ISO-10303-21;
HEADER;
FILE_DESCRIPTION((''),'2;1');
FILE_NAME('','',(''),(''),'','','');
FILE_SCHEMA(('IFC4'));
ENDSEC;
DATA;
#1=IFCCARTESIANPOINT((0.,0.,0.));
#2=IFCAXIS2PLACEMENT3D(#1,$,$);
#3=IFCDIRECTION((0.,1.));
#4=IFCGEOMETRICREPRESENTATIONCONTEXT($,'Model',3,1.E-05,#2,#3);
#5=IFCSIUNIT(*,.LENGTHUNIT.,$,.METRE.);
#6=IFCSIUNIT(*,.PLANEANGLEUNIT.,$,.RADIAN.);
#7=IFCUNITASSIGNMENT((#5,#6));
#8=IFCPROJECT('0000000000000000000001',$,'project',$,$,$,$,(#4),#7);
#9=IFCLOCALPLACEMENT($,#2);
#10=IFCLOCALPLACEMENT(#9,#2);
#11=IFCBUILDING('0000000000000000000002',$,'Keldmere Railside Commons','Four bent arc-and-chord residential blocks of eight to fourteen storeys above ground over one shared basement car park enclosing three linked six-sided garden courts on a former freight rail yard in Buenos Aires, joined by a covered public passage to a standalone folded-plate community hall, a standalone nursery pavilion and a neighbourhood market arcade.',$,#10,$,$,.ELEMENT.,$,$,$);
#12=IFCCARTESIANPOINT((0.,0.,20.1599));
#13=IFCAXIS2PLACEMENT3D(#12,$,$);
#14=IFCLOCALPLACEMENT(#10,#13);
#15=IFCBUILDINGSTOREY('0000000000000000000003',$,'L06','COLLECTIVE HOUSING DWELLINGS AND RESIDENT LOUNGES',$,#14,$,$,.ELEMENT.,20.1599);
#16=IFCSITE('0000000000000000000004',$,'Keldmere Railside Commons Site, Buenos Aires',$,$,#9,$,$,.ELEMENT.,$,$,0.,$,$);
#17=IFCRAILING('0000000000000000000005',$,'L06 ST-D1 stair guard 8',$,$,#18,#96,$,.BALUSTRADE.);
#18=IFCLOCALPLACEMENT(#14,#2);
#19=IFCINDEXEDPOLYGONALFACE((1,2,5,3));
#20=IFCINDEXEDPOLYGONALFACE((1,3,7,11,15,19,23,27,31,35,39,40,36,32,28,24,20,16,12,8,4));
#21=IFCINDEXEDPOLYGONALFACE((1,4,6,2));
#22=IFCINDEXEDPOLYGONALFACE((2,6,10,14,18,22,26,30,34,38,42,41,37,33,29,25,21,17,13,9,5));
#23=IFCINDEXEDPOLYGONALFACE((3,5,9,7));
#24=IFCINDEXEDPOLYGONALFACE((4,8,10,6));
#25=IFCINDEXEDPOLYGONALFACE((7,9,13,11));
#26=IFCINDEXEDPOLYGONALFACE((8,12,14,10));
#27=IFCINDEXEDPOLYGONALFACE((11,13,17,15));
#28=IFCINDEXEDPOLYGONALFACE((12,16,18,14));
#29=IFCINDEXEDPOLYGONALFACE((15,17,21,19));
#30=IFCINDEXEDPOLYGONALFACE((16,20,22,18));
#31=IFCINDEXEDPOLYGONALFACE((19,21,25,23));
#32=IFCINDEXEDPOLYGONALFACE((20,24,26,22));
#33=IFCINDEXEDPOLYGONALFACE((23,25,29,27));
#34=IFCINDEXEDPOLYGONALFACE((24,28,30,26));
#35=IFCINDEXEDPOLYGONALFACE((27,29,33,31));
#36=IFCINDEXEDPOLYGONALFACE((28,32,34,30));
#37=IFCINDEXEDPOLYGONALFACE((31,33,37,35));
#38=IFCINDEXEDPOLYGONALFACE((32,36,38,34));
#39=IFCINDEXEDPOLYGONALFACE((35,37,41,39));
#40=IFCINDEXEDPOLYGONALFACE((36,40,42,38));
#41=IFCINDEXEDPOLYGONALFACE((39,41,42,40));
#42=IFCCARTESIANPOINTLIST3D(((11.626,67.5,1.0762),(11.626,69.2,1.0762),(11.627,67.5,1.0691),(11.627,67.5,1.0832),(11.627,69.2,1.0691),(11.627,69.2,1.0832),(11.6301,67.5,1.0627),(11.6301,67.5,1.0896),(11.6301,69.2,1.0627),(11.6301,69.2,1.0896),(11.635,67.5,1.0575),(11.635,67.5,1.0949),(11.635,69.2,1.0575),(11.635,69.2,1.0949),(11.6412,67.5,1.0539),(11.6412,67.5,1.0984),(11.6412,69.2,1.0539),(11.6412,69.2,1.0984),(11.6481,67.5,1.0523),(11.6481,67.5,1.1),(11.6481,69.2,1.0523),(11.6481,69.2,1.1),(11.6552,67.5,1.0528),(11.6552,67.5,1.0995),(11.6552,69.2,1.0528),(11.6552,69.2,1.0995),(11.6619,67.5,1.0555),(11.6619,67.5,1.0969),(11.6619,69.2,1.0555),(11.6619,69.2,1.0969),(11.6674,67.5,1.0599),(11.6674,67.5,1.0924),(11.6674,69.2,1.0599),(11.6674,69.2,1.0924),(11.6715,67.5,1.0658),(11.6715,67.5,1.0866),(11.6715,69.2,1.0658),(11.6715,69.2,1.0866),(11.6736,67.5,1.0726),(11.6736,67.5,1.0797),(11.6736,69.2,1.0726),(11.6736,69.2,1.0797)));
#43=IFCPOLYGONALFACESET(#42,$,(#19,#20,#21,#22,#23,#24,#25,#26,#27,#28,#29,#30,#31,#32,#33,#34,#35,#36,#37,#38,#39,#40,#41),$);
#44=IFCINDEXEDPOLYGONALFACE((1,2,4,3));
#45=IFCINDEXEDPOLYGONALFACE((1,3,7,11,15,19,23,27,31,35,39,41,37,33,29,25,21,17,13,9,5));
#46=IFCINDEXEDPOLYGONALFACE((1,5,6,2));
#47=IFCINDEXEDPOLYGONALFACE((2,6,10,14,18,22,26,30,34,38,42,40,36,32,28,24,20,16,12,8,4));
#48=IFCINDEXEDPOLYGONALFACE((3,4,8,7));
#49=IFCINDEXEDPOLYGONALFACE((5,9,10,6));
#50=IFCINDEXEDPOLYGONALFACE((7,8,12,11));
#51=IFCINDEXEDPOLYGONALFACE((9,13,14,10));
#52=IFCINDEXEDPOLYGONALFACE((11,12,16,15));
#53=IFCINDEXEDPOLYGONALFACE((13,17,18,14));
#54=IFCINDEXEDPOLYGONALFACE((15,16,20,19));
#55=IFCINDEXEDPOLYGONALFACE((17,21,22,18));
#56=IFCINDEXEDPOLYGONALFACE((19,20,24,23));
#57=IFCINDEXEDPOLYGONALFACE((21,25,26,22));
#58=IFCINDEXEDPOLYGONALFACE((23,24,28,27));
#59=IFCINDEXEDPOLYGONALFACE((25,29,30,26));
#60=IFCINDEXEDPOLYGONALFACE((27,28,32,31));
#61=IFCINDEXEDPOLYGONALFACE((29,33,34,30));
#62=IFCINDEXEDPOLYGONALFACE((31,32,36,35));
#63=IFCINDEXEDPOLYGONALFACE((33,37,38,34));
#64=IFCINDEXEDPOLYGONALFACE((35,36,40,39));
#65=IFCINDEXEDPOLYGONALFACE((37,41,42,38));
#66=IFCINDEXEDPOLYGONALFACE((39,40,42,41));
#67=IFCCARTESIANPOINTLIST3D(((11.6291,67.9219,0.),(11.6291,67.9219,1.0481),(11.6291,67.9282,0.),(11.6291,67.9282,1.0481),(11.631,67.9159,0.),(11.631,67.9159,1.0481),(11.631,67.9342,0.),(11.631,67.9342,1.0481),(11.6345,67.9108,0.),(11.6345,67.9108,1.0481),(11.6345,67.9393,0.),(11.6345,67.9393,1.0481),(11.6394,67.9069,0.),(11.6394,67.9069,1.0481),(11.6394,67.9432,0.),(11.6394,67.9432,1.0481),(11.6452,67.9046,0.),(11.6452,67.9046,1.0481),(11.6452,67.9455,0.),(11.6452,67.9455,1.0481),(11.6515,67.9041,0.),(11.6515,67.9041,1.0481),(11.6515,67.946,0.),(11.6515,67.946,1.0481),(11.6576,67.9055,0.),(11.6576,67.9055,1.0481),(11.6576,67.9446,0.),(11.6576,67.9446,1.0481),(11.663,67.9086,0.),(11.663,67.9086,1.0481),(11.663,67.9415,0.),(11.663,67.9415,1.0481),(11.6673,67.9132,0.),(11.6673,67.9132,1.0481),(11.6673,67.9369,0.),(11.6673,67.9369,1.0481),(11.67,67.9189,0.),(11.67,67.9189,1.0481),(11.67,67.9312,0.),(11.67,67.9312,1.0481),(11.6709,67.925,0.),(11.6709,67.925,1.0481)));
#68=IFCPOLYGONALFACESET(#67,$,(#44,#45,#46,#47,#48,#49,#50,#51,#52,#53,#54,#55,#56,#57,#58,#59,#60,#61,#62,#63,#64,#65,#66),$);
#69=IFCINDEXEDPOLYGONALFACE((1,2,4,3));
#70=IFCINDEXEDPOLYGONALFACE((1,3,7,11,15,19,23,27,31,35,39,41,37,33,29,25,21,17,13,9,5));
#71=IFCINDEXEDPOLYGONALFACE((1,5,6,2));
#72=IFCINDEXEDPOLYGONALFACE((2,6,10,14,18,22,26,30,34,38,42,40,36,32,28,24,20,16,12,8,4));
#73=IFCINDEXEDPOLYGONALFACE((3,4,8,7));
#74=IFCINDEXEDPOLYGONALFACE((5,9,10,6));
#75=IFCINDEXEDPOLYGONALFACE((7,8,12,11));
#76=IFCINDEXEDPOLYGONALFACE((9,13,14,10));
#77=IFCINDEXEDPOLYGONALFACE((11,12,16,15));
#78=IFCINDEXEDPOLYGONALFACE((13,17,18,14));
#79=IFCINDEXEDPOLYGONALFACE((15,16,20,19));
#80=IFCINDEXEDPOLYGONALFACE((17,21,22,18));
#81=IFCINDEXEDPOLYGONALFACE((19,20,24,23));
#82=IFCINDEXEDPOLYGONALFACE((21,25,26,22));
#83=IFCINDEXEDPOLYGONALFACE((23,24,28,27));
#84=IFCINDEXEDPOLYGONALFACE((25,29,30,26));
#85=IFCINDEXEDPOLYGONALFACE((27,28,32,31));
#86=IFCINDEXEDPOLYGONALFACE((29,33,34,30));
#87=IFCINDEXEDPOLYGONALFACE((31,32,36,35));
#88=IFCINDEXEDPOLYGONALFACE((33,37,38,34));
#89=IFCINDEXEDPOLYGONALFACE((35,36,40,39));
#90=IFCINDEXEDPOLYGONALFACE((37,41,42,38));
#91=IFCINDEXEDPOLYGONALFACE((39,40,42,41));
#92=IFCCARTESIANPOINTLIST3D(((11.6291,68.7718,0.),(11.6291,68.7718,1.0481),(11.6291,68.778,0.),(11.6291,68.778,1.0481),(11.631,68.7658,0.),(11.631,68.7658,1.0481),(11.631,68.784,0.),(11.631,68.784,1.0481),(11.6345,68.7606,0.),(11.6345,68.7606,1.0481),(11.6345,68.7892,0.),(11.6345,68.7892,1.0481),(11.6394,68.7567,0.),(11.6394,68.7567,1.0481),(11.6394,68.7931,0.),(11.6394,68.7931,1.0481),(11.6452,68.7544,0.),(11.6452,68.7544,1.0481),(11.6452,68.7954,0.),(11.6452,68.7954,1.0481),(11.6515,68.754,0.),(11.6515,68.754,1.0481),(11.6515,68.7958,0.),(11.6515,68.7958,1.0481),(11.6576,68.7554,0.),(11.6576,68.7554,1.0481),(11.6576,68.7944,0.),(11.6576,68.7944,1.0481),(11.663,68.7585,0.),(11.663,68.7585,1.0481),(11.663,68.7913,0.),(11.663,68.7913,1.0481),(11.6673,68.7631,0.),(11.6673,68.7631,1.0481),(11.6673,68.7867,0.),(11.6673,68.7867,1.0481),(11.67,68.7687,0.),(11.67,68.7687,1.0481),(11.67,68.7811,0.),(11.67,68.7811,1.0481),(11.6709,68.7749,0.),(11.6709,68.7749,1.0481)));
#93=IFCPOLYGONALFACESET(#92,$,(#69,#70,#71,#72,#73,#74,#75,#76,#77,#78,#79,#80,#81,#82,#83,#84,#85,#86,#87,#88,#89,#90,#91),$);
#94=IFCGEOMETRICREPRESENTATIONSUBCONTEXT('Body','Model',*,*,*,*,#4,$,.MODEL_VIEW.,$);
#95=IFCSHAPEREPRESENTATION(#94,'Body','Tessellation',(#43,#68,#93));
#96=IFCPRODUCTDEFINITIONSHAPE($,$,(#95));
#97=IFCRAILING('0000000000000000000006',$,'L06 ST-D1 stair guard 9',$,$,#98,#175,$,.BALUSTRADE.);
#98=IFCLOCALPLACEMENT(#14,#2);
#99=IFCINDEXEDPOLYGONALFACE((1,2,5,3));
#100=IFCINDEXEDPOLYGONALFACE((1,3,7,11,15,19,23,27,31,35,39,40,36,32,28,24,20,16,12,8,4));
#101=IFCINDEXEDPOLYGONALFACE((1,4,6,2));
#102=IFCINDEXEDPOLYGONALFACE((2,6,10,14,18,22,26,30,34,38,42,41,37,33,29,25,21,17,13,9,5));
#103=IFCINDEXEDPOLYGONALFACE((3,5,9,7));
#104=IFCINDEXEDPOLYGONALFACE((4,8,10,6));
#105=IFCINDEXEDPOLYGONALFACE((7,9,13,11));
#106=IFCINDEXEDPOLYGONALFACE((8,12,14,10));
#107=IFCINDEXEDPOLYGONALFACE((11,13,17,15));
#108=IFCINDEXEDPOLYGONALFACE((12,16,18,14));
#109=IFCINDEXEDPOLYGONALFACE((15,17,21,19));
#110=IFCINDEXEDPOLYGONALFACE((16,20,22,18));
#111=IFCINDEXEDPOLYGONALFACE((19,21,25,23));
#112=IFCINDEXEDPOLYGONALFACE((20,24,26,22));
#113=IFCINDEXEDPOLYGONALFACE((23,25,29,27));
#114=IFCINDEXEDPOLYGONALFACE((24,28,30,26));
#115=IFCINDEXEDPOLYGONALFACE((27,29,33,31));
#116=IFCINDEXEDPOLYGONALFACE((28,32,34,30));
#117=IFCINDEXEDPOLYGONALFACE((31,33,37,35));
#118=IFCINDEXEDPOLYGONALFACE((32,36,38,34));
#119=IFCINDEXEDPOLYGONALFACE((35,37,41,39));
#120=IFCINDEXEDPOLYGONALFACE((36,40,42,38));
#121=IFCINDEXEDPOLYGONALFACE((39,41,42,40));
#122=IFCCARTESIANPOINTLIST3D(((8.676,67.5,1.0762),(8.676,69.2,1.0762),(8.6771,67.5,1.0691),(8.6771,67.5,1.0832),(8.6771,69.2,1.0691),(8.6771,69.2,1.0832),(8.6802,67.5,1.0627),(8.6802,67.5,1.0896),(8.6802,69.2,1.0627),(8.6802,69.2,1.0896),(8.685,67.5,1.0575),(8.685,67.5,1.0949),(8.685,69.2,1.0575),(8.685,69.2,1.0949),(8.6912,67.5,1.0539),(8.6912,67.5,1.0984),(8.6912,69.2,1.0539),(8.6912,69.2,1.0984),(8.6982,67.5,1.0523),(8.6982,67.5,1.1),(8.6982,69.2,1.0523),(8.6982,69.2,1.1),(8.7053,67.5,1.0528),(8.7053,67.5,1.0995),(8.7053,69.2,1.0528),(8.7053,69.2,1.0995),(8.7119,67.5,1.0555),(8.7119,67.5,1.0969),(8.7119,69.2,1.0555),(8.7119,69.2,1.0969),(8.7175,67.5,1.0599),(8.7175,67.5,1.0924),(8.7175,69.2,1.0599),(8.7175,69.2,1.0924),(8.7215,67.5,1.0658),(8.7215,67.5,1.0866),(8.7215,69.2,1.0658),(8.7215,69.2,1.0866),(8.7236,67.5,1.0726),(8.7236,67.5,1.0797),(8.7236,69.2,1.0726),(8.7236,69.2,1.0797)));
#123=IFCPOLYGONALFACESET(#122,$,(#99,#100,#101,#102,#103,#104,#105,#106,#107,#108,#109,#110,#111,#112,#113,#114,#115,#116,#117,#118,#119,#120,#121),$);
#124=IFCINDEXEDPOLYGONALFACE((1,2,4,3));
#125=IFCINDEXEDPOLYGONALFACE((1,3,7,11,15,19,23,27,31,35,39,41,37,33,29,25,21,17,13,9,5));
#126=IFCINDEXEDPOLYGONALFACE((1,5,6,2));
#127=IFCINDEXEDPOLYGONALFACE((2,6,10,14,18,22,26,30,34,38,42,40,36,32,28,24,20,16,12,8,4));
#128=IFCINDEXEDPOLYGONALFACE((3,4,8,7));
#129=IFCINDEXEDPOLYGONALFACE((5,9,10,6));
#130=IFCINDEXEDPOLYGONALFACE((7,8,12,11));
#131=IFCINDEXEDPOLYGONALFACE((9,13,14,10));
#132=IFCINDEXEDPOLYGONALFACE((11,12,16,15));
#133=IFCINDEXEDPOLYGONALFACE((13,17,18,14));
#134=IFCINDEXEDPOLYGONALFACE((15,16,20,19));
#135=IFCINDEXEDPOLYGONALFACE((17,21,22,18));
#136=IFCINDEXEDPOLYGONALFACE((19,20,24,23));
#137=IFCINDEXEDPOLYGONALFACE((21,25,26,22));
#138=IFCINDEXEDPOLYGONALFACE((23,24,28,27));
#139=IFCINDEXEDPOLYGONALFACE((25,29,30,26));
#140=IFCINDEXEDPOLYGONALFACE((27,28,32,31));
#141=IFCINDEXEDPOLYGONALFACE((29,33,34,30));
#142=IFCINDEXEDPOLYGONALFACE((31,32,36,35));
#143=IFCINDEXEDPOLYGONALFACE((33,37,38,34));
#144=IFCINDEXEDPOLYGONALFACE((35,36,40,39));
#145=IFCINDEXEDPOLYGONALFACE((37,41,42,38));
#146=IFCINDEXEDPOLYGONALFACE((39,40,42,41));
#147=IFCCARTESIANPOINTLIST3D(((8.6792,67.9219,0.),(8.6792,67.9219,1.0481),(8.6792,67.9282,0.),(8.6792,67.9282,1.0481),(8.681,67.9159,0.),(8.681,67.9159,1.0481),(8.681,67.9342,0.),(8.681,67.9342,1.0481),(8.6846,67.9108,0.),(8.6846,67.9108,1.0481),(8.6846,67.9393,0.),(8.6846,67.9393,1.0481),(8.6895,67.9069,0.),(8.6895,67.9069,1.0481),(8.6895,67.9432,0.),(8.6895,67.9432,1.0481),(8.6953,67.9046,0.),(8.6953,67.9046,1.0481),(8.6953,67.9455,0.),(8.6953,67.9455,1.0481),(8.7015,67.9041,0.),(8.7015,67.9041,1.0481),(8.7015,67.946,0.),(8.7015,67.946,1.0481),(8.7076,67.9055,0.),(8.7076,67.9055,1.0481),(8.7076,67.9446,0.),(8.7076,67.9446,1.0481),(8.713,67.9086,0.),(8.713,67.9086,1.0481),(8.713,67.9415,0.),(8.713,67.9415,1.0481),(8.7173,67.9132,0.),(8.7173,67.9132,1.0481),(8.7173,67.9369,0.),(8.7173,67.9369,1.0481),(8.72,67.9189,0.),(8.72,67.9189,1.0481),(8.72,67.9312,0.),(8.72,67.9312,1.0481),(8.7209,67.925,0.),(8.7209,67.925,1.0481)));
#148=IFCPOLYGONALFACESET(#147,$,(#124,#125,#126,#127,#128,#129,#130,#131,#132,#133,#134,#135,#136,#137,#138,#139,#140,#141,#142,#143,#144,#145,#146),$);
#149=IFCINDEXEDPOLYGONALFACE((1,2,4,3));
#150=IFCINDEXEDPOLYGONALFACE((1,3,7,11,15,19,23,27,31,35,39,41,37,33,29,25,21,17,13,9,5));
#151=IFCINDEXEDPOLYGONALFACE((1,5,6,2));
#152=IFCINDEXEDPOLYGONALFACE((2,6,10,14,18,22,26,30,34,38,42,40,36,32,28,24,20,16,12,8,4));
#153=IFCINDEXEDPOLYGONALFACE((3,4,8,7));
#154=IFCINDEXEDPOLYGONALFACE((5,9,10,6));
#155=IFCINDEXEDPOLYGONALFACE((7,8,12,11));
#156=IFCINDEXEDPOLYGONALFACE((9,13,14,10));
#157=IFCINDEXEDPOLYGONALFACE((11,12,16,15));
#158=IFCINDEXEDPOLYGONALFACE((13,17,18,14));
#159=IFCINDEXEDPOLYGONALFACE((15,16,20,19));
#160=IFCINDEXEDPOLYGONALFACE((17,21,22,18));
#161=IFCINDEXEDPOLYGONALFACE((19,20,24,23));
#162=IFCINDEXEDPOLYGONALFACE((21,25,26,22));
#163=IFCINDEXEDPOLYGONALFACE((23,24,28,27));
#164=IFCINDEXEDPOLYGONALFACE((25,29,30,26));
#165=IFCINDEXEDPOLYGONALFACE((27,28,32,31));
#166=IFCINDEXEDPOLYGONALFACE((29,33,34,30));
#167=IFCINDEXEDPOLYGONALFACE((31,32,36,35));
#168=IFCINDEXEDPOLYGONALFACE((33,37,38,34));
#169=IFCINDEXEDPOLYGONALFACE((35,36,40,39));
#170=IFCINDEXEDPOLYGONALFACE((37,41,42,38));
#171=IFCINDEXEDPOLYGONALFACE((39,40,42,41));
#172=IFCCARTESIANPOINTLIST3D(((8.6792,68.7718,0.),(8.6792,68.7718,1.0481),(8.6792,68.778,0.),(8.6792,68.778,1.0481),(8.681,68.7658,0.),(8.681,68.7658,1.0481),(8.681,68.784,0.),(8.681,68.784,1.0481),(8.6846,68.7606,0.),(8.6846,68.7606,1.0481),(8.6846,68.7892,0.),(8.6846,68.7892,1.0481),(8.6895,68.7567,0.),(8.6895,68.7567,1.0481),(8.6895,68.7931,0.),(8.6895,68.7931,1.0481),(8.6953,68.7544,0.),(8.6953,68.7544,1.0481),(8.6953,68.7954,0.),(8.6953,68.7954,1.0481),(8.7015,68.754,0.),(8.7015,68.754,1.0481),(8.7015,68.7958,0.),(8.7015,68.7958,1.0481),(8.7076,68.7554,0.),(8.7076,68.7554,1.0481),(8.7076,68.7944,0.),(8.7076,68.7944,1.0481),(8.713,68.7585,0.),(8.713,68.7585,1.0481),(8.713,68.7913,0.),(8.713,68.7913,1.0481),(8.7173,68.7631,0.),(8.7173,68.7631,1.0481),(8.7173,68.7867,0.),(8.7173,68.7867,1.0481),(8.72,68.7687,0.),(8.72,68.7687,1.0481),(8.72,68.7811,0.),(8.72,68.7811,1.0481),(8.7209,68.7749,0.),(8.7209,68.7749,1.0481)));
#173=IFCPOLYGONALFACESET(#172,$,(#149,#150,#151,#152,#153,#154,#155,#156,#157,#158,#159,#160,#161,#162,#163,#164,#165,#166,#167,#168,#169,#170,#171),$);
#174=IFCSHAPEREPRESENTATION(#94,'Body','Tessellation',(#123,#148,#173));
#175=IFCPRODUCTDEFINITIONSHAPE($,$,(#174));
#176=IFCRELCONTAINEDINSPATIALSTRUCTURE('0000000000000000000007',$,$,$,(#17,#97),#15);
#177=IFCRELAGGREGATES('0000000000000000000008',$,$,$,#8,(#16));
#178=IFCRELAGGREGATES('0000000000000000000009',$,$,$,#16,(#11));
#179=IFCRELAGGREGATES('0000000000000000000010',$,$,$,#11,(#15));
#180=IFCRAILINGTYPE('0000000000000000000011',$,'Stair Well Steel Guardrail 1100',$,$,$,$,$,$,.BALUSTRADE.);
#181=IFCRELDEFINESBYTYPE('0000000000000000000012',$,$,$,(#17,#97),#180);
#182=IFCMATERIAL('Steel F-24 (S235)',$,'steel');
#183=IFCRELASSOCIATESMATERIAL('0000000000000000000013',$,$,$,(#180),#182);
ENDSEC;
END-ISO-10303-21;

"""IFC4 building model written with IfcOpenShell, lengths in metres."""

from ifc_helpers import new_model, si_unit, direction, frame, origin, origin_2d, place, context, subcontext, project, spatial, circle, extrude, material, type_object, element, save


model = new_model("IFC4")

# Units and contexts
model_context = context("Model", 3, precision=1e-05, world=origin(), true_north=direction((0.0, 1.0)))
body_context = subcontext(model_context, "Body", "Model", "MODEL_VIEW")
ifc_project = project(units=[si_unit("LENGTHUNIT", "METRE"), si_unit("PLANEANGLEUNIT", "RADIAN")], contexts=[model_context])

# Site, building, storey
site_placement = place(None, origin())
site = spatial("IfcSite", under=ifc_project, at=site_placement, Name="Keldmere Railside Commons Site, Buenos Aires", CompositionType="ELEMENT", RefElevation=0.0)
building_placement = place(site_placement, origin())
building = spatial("IfcBuilding", under=site, at=building_placement, Name="Keldmere Railside Commons", Description="Four bent arc-and-chord residential blocks of eight to fourteen storeys above ground over one shared basement car park enclosing three linked six-sided garden courts on a former freight rail yard in Buenos Aires, joined by a covered public passage to a standalone folded-plate community hall, a standalone nursery pavilion and a neighbourhood market arcade.", CompositionType="ELEMENT")
storey_placement = place(building_placement, frame((0.0, 0.0, 20.1599)))
storey = spatial("IfcBuildingStorey", under=building, at=storey_placement, Name="L06", Description="COLLECTIVE HOUSING DWELLINGS AND RESIDENT LOUNGES", CompositionType="ELEMENT", Elevation=20.1599)

# Shared definitions
ifc_material_1 = material(Name="Steel F-24 (S235)", Category="steel")

# Railings
railing_type_1 = type_object("IfcRailingType", Name="Stair Well Steel Guardrail 1100", PredefinedType="BALUSTRADE", material=ifc_material_1)
for number, where, name in (
    (1, (11.6499, 67.5, 0.0), "L06 ST-D1 stair guard 8"),
    (2, (8.7, 67.5, 0.0), "L06 ST-D1 stair guard 9"),
):
    element("IfcRailing", number, at=place(storey_placement, frame(where)), inside=storey, type_object=railing_type_1, Name=name, PredefinedType="BALUSTRADE", context=body_context, shape_type="SweptSolid", body=[
        extrude(circle(Radius=0.0239, at=origin_2d()), frame((0.0, 0.0, 1.0762), z_axis=(0.0, 1.0, 0.0), x_axis=(-1.0, 0.0, 0.0)), (0.0, 0.0, 1.0), 1.7),
        extrude(circle(Radius=0.021, at=origin_2d()), frame((0.0, 0.425, 0.0)), (0.0, 0.0, 1.0), 1.0481),
        extrude(circle(Radius=0.021, at=origin_2d()), frame((0.0, 1.2749, 0.0)), (0.0, 0.0, 1.0), 1.0481),
    ])

save(model, "model.ifc")
